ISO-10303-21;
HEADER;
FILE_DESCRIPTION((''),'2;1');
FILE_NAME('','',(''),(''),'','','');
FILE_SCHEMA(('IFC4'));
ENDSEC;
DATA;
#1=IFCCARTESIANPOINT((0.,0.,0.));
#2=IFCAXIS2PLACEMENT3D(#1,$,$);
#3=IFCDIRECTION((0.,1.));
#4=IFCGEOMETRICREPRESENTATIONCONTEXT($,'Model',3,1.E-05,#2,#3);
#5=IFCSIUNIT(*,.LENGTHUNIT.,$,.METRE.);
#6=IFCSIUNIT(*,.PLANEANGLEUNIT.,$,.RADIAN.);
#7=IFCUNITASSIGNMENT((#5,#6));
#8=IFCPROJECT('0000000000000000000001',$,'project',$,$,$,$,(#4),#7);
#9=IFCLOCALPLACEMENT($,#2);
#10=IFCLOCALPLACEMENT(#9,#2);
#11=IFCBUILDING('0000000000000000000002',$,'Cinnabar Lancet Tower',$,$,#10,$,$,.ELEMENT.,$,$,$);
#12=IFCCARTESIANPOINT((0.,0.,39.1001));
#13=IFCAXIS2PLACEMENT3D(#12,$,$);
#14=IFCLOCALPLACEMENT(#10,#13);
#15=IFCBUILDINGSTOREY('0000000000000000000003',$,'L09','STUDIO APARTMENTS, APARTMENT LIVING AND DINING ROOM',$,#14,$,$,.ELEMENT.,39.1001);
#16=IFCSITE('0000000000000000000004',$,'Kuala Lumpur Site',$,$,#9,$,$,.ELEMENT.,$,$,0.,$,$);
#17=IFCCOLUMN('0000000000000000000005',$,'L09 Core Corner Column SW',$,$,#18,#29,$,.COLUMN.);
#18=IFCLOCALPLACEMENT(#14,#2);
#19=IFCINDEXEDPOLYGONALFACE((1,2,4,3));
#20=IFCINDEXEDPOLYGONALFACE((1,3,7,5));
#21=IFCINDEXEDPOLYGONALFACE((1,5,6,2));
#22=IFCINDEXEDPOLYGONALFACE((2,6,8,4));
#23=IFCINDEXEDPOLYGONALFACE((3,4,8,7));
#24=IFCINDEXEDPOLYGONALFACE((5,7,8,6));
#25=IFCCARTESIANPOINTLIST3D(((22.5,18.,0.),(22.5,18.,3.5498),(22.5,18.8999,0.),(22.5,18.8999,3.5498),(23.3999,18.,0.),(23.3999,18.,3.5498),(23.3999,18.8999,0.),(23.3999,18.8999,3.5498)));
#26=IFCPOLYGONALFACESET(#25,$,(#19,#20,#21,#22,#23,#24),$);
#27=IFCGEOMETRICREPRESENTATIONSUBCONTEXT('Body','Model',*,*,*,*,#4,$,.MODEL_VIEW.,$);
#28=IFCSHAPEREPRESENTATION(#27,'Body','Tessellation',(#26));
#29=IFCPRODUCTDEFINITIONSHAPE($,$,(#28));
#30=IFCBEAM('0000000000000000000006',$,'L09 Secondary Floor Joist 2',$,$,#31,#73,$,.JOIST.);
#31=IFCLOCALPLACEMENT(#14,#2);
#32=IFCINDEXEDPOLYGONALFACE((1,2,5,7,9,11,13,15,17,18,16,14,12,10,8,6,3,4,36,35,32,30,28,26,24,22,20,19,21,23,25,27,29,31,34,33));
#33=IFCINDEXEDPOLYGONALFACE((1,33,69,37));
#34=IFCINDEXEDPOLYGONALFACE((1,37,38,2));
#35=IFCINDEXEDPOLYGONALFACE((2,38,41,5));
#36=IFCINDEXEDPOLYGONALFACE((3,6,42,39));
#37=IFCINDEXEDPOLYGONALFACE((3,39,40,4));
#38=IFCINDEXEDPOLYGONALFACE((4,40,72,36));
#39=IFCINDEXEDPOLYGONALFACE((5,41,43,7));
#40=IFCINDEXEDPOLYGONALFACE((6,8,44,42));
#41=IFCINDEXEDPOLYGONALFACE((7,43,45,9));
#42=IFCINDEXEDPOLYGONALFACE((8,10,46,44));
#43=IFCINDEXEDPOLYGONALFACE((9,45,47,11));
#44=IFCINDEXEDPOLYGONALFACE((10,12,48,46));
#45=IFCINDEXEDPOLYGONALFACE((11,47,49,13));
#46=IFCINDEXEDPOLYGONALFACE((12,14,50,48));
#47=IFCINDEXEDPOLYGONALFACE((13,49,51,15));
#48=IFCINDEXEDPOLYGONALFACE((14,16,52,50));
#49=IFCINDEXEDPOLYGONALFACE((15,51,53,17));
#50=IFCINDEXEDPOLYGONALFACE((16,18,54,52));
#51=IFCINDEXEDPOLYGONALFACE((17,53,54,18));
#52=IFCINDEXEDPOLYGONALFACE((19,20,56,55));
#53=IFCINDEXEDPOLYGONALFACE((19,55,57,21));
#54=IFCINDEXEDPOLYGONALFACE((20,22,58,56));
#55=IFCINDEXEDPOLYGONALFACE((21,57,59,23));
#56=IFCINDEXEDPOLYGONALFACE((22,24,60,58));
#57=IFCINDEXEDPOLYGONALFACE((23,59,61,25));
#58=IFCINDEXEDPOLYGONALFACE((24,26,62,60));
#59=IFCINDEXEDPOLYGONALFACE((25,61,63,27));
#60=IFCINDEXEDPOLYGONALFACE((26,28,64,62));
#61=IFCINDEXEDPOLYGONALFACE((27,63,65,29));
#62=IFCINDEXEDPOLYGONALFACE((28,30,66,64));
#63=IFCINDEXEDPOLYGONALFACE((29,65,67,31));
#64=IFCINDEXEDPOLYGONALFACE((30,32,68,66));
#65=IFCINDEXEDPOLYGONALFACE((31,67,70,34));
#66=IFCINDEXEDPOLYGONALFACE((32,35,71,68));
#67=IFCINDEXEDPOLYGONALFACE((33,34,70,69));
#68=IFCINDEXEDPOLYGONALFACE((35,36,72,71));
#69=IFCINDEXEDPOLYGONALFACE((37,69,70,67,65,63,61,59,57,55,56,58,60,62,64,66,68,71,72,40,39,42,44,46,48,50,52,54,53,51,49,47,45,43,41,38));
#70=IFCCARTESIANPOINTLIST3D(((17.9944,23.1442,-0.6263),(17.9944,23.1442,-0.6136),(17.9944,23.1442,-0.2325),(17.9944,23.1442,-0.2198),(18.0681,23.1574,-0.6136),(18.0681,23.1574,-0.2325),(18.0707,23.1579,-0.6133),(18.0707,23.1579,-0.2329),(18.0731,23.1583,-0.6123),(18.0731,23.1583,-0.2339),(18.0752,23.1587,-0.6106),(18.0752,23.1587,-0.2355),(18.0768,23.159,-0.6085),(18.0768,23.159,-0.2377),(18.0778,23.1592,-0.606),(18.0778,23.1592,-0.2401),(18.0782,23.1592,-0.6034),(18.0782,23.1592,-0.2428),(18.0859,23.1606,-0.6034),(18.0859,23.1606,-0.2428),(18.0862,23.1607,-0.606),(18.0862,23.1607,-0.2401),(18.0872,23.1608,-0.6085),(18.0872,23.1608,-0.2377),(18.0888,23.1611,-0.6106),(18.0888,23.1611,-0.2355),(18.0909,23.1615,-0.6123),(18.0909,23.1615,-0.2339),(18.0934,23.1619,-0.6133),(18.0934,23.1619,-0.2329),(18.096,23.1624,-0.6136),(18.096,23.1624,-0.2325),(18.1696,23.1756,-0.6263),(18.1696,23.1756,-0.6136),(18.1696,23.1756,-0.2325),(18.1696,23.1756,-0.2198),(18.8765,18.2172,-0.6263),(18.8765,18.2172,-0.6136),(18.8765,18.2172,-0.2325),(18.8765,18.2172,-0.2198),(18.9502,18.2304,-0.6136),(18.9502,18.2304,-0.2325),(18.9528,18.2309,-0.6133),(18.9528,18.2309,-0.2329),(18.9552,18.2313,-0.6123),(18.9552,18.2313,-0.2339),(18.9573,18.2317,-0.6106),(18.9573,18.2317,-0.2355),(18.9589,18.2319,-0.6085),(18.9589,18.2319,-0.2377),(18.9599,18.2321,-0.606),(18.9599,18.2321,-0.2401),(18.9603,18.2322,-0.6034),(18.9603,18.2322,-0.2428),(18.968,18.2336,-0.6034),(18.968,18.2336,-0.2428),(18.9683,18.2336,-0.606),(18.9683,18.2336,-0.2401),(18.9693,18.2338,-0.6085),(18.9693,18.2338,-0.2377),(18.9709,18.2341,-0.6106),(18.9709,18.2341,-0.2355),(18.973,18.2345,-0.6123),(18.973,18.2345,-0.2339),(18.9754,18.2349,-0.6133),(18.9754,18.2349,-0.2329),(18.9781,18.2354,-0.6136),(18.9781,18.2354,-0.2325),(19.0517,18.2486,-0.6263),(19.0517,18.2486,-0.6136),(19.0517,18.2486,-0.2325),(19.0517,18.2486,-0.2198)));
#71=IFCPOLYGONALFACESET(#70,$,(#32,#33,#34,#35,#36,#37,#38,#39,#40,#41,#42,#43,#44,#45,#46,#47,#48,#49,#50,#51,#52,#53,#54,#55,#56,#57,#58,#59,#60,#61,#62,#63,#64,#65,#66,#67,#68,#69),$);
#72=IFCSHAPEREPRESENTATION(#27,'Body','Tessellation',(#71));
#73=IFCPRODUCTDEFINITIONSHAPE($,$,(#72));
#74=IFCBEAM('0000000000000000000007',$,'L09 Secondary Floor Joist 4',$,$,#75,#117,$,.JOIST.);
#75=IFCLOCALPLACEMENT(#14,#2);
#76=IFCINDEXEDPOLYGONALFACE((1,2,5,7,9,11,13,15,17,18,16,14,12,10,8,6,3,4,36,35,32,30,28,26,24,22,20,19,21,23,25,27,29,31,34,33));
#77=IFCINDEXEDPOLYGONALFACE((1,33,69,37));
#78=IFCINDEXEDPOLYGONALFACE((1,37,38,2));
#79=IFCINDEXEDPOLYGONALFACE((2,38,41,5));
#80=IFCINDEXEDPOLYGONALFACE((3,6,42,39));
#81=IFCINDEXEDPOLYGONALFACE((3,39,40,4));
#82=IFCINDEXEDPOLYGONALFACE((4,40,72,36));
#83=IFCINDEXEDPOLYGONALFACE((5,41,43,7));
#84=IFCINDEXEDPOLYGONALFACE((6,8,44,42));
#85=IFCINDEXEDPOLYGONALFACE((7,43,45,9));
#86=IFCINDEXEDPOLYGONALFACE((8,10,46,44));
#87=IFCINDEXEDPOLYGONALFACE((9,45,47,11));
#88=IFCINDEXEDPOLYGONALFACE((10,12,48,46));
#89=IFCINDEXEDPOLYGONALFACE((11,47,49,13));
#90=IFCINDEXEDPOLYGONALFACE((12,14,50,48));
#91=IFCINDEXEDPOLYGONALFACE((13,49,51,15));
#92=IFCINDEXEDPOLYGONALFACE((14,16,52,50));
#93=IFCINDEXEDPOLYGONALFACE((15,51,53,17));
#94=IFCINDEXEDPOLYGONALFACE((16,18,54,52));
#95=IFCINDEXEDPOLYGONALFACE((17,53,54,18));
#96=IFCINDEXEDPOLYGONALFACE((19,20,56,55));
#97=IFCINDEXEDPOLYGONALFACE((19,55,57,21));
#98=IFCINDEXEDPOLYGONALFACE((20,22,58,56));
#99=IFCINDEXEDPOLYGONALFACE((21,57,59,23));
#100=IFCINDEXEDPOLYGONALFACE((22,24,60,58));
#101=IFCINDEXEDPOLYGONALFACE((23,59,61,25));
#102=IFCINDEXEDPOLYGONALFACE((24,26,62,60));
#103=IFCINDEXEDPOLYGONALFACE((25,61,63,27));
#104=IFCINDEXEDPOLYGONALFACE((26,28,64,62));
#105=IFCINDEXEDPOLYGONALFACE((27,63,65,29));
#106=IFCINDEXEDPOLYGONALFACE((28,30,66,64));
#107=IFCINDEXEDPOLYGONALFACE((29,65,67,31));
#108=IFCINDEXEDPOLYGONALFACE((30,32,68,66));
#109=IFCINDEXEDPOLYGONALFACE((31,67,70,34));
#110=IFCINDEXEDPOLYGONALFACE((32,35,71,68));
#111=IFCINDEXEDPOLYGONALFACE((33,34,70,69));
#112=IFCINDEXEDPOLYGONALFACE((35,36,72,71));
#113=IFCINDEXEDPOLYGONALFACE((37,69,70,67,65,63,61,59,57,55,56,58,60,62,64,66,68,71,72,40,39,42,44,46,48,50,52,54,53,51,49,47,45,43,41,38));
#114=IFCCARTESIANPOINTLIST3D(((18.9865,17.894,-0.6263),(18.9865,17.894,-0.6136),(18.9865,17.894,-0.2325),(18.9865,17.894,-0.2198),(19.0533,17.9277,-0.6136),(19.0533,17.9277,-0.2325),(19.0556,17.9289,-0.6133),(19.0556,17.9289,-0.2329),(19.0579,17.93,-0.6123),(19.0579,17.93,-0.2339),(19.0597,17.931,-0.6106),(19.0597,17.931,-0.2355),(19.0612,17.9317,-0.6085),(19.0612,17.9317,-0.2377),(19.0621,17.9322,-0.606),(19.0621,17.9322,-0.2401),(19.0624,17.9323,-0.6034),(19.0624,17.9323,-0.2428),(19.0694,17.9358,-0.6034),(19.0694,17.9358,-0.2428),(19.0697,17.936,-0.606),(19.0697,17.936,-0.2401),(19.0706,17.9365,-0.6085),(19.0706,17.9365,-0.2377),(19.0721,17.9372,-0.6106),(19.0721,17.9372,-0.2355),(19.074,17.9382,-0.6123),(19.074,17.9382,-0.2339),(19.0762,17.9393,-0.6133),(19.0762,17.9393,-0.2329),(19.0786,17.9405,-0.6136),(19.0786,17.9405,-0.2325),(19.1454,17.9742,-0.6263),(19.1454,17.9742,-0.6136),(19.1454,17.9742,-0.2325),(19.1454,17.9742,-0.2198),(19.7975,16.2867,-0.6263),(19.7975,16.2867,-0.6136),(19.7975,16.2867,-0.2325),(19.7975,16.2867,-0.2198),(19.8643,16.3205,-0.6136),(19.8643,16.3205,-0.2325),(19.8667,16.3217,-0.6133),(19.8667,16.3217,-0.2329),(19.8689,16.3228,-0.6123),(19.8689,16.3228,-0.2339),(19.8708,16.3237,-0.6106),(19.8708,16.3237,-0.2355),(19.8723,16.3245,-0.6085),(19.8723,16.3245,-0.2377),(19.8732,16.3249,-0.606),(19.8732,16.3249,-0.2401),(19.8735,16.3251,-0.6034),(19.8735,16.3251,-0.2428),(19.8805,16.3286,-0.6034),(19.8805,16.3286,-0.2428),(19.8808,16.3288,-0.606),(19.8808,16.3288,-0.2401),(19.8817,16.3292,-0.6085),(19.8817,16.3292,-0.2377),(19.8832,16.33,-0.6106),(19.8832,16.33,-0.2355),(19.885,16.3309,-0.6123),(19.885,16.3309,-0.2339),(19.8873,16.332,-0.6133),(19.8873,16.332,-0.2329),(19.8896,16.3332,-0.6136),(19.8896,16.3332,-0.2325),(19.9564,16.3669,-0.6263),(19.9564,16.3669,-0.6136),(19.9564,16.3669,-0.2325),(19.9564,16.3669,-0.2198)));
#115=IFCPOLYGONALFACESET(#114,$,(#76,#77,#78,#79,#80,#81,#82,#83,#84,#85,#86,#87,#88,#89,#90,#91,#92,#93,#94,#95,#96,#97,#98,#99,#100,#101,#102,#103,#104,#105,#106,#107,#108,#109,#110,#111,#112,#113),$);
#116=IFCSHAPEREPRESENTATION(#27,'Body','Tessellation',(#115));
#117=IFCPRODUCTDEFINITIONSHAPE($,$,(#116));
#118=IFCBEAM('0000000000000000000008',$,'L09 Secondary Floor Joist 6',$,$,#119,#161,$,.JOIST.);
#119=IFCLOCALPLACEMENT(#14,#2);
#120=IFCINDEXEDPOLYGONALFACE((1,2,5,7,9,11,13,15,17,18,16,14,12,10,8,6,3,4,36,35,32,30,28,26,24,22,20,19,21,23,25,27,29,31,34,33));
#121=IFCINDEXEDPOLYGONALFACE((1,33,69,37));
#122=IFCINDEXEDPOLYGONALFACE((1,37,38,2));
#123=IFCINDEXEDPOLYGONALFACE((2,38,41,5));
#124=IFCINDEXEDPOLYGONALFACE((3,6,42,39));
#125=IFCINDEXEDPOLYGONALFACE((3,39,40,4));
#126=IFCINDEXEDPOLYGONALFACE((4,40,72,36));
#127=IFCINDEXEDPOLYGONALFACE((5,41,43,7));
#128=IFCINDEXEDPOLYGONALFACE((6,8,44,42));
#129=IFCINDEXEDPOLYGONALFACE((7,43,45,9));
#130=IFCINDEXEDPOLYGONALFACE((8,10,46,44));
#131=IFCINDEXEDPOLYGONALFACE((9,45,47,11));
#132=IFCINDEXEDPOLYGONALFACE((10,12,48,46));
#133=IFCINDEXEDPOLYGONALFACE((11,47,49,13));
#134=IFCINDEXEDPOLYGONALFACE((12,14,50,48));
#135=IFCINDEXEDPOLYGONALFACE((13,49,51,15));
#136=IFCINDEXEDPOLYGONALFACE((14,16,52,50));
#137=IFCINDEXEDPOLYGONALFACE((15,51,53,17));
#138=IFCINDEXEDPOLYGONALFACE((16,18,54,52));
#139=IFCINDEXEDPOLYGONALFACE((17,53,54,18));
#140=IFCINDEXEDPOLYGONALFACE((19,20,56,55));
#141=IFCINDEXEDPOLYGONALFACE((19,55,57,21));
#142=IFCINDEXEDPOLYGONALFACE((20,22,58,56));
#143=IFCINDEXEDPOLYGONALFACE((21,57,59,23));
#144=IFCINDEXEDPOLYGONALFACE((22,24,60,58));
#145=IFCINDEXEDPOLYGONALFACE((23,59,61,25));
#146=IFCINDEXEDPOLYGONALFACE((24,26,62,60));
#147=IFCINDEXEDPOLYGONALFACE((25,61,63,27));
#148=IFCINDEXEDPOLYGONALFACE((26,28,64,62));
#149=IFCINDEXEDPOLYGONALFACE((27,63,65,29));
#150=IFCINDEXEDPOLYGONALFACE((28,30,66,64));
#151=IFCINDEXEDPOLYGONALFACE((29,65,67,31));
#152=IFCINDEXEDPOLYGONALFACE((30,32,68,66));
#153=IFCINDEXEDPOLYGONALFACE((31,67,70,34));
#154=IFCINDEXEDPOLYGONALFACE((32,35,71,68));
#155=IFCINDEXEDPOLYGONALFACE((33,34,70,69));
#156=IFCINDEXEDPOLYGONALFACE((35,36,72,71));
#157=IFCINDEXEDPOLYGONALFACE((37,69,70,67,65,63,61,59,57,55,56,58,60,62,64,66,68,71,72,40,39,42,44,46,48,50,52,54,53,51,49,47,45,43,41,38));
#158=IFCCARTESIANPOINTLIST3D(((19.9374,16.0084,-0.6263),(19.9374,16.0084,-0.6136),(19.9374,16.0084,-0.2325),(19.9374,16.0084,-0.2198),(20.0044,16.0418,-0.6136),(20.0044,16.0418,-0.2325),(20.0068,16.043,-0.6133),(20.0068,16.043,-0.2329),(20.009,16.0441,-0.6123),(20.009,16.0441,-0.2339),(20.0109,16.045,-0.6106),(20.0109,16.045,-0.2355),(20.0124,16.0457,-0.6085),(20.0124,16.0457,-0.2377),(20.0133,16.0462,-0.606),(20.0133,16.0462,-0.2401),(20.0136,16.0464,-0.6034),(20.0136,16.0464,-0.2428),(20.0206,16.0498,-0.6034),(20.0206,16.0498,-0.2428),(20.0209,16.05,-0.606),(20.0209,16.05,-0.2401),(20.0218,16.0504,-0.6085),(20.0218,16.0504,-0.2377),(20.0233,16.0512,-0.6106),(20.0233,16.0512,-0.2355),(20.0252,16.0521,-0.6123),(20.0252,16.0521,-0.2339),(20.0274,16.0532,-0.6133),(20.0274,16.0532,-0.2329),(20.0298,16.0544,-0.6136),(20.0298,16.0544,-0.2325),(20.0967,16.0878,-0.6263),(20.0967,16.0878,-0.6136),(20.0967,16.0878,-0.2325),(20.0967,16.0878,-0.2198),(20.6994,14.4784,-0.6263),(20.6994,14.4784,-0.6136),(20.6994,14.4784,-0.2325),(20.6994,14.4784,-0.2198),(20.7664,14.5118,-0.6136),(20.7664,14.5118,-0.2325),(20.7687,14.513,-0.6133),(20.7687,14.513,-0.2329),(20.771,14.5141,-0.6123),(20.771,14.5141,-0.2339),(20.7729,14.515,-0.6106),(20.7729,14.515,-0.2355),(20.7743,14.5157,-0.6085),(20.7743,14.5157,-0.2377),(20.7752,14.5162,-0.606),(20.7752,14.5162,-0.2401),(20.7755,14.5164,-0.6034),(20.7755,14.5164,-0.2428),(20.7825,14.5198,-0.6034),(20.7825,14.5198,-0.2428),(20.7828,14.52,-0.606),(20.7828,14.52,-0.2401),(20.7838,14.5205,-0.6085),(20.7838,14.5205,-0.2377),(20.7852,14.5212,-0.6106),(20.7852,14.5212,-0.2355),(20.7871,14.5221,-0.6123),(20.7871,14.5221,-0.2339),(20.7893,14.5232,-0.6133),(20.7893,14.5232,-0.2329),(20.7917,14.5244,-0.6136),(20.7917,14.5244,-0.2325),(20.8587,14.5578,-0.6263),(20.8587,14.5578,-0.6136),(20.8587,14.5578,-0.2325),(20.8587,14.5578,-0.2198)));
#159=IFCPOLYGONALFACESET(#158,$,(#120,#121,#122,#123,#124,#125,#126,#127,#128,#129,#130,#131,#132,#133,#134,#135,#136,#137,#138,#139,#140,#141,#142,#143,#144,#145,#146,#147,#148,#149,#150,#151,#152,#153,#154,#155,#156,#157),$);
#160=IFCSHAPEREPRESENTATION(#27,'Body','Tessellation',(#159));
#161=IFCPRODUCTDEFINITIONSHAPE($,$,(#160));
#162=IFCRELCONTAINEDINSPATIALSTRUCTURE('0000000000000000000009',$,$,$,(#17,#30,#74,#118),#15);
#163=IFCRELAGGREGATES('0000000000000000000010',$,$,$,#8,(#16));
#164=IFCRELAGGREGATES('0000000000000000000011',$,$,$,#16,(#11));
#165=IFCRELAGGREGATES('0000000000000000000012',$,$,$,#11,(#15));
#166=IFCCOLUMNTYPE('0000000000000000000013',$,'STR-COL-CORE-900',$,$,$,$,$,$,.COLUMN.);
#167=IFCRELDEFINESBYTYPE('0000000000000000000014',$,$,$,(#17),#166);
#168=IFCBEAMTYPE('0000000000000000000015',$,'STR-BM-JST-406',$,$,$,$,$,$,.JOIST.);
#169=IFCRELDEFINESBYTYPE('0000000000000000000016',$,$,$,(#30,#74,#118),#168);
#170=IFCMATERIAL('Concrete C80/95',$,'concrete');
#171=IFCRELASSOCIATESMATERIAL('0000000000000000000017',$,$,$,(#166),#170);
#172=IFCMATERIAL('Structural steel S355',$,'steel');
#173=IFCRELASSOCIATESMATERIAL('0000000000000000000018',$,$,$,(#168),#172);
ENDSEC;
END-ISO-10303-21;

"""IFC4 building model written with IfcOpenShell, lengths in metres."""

from ifc_helpers import new_model, si_unit, direction, frame, origin, origin_2d, place, context, subcontext, project, spatial, rectangle, i_section, extrude, material, material_profile, profile_set, type_object, element, save


model = new_model("IFC4")

# Units and contexts
model_context = context("Model", 3, precision=1e-05, world=origin(), true_north=direction((0.0, 1.0)))
body_context = subcontext(model_context, "Body", "Model", "MODEL_VIEW")
ifc_project = project(units=[si_unit("LENGTHUNIT", "METRE"), si_unit("PLANEANGLEUNIT", "RADIAN")], contexts=[model_context])

# Site, building, storey
site_placement = place(None, origin())
site = spatial("IfcSite", under=ifc_project, at=site_placement, Name="Kuala Lumpur Site", CompositionType="ELEMENT", RefElevation=0.0)
building_placement = place(site_placement, origin())
building = spatial("IfcBuilding", under=site, at=building_placement, Name="Cinnabar Lancet Tower", CompositionType="ELEMENT")
storey_placement = place(building_placement, frame((0.0, 0.0, 39.1001)))
storey = spatial("IfcBuildingStorey", under=building, at=storey_placement, Name="L09", Description="STUDIO APARTMENTS, APARTMENT LIVING AND DINING ROOM", CompositionType="ELEMENT", Elevation=39.1001)

# Column
ifc_material_1 = material(Name="Concrete C80/95", Category="concrete")
ifc_material_profile_1 = material_profile(ifc_material_1, rectangle(XDim=0.8999, YDim=0.8999, at=origin_2d()), Name="RC-COL 900x900")
ifc_profile_set_1 = profile_set([ifc_material_profile_1], Name="Concrete C80/95")
column_type = type_object("IfcColumnType", Name="STR-COL-CORE-900", PredefinedType="COLUMN", material=ifc_profile_set_1)
column_placement = place(storey_placement, frame((22.95, 18.45, 0.0), z_axis=(0.0, 0.0, 1.0), x_axis=(1.0, 0.0, 0.0)))
element("IfcColumn", 1, at=column_placement, inside=storey, type_object=column_type, Name="L09 Core Corner Column SW", PredefinedType="COLUMN", context=body_context, shape_type="SweptSolid", body=[
    extrude(rectangle(XDim=0.8999, YDim=0.8999, at=origin_2d()), origin(), (0.0, 0.0, 1.0), 3.5498),
])

# Beams
ifc_material_2 = material(Name="Structural steel S355", Category="steel")
ifc_material_profile_2 = material_profile(ifc_material_2, i_section(OverallWidth=0.178, OverallDepth=0.4065, WebThickness=0.0078, FlangeThickness=0.0127, FilletRadius=0.0103, at=origin_2d()), Name="UKB 406x178x60")
ifc_profile_set_2 = profile_set([ifc_material_profile_2], Name="Structural steel S355")
beam_type = type_object("IfcBeamType", Name="STR-BM-JST-406", PredefinedType="JOIST", material=ifc_profile_set_2)
beam_1_placement = place(storey_placement, frame((18.082, 23.1599, -0.4231), z_axis=(0.176228, -0.984349, 0.0), x_axis=(0.984349, 0.176228, 0.0)))
element("IfcBeam", 2, at=beam_1_placement, inside=storey, type_object=beam_type, Name="L09 Secondary Floor Joist 2", PredefinedType="JOIST", context=body_context, shape_type="SweptSolid", body=[
    extrude(i_section(OverallWidth=0.178, OverallDepth=0.4065, WebThickness=0.0078, FlangeThickness=0.0127, FilletRadius=0.0103, at=origin_2d()), origin(), (0.0, 0.0, 1.0), 5.0054),
])
beam_2_placement = place(storey_placement, frame((19.0659, 17.9341, -0.4231), z_axis=(0.45052, -0.892767, 0.0), x_axis=(0.892767, 0.45052, 0.0)))
element("IfcBeam", 3, at=beam_2_placement, inside=storey, type_object=beam_type, Name="L09 Secondary Floor Joist 4", PredefinedType="JOIST", context=body_context, shape_type="SweptSolid", body=[
    extrude(i_section(OverallWidth=0.178, OverallDepth=0.4065, WebThickness=0.0078, FlangeThickness=0.0127, FilletRadius=0.0103, at=origin_2d()), origin(), (0.0, 0.0, 1.0), 1.8003),
])
beam_3_placement = place(storey_placement, frame((20.0171, 16.0481, -0.4231), z_axis=(0.445785, -0.89514, 0.0), x_axis=(0.89514, 0.445785, 0.0)))
element("IfcBeam", 4, at=beam_3_placement, inside=storey, type_object=beam_type, Name="L09 Secondary Floor Joist 6", PredefinedType="JOIST", context=body_context, shape_type="SweptSolid", body=[
    extrude(i_section(OverallWidth=0.178, OverallDepth=0.4065, WebThickness=0.0078, FlangeThickness=0.0127, FilletRadius=0.0103, at=origin_2d()), origin(), (0.0, 0.0, 1.0), 1.7092),
])

save(model, "model.ifc")
